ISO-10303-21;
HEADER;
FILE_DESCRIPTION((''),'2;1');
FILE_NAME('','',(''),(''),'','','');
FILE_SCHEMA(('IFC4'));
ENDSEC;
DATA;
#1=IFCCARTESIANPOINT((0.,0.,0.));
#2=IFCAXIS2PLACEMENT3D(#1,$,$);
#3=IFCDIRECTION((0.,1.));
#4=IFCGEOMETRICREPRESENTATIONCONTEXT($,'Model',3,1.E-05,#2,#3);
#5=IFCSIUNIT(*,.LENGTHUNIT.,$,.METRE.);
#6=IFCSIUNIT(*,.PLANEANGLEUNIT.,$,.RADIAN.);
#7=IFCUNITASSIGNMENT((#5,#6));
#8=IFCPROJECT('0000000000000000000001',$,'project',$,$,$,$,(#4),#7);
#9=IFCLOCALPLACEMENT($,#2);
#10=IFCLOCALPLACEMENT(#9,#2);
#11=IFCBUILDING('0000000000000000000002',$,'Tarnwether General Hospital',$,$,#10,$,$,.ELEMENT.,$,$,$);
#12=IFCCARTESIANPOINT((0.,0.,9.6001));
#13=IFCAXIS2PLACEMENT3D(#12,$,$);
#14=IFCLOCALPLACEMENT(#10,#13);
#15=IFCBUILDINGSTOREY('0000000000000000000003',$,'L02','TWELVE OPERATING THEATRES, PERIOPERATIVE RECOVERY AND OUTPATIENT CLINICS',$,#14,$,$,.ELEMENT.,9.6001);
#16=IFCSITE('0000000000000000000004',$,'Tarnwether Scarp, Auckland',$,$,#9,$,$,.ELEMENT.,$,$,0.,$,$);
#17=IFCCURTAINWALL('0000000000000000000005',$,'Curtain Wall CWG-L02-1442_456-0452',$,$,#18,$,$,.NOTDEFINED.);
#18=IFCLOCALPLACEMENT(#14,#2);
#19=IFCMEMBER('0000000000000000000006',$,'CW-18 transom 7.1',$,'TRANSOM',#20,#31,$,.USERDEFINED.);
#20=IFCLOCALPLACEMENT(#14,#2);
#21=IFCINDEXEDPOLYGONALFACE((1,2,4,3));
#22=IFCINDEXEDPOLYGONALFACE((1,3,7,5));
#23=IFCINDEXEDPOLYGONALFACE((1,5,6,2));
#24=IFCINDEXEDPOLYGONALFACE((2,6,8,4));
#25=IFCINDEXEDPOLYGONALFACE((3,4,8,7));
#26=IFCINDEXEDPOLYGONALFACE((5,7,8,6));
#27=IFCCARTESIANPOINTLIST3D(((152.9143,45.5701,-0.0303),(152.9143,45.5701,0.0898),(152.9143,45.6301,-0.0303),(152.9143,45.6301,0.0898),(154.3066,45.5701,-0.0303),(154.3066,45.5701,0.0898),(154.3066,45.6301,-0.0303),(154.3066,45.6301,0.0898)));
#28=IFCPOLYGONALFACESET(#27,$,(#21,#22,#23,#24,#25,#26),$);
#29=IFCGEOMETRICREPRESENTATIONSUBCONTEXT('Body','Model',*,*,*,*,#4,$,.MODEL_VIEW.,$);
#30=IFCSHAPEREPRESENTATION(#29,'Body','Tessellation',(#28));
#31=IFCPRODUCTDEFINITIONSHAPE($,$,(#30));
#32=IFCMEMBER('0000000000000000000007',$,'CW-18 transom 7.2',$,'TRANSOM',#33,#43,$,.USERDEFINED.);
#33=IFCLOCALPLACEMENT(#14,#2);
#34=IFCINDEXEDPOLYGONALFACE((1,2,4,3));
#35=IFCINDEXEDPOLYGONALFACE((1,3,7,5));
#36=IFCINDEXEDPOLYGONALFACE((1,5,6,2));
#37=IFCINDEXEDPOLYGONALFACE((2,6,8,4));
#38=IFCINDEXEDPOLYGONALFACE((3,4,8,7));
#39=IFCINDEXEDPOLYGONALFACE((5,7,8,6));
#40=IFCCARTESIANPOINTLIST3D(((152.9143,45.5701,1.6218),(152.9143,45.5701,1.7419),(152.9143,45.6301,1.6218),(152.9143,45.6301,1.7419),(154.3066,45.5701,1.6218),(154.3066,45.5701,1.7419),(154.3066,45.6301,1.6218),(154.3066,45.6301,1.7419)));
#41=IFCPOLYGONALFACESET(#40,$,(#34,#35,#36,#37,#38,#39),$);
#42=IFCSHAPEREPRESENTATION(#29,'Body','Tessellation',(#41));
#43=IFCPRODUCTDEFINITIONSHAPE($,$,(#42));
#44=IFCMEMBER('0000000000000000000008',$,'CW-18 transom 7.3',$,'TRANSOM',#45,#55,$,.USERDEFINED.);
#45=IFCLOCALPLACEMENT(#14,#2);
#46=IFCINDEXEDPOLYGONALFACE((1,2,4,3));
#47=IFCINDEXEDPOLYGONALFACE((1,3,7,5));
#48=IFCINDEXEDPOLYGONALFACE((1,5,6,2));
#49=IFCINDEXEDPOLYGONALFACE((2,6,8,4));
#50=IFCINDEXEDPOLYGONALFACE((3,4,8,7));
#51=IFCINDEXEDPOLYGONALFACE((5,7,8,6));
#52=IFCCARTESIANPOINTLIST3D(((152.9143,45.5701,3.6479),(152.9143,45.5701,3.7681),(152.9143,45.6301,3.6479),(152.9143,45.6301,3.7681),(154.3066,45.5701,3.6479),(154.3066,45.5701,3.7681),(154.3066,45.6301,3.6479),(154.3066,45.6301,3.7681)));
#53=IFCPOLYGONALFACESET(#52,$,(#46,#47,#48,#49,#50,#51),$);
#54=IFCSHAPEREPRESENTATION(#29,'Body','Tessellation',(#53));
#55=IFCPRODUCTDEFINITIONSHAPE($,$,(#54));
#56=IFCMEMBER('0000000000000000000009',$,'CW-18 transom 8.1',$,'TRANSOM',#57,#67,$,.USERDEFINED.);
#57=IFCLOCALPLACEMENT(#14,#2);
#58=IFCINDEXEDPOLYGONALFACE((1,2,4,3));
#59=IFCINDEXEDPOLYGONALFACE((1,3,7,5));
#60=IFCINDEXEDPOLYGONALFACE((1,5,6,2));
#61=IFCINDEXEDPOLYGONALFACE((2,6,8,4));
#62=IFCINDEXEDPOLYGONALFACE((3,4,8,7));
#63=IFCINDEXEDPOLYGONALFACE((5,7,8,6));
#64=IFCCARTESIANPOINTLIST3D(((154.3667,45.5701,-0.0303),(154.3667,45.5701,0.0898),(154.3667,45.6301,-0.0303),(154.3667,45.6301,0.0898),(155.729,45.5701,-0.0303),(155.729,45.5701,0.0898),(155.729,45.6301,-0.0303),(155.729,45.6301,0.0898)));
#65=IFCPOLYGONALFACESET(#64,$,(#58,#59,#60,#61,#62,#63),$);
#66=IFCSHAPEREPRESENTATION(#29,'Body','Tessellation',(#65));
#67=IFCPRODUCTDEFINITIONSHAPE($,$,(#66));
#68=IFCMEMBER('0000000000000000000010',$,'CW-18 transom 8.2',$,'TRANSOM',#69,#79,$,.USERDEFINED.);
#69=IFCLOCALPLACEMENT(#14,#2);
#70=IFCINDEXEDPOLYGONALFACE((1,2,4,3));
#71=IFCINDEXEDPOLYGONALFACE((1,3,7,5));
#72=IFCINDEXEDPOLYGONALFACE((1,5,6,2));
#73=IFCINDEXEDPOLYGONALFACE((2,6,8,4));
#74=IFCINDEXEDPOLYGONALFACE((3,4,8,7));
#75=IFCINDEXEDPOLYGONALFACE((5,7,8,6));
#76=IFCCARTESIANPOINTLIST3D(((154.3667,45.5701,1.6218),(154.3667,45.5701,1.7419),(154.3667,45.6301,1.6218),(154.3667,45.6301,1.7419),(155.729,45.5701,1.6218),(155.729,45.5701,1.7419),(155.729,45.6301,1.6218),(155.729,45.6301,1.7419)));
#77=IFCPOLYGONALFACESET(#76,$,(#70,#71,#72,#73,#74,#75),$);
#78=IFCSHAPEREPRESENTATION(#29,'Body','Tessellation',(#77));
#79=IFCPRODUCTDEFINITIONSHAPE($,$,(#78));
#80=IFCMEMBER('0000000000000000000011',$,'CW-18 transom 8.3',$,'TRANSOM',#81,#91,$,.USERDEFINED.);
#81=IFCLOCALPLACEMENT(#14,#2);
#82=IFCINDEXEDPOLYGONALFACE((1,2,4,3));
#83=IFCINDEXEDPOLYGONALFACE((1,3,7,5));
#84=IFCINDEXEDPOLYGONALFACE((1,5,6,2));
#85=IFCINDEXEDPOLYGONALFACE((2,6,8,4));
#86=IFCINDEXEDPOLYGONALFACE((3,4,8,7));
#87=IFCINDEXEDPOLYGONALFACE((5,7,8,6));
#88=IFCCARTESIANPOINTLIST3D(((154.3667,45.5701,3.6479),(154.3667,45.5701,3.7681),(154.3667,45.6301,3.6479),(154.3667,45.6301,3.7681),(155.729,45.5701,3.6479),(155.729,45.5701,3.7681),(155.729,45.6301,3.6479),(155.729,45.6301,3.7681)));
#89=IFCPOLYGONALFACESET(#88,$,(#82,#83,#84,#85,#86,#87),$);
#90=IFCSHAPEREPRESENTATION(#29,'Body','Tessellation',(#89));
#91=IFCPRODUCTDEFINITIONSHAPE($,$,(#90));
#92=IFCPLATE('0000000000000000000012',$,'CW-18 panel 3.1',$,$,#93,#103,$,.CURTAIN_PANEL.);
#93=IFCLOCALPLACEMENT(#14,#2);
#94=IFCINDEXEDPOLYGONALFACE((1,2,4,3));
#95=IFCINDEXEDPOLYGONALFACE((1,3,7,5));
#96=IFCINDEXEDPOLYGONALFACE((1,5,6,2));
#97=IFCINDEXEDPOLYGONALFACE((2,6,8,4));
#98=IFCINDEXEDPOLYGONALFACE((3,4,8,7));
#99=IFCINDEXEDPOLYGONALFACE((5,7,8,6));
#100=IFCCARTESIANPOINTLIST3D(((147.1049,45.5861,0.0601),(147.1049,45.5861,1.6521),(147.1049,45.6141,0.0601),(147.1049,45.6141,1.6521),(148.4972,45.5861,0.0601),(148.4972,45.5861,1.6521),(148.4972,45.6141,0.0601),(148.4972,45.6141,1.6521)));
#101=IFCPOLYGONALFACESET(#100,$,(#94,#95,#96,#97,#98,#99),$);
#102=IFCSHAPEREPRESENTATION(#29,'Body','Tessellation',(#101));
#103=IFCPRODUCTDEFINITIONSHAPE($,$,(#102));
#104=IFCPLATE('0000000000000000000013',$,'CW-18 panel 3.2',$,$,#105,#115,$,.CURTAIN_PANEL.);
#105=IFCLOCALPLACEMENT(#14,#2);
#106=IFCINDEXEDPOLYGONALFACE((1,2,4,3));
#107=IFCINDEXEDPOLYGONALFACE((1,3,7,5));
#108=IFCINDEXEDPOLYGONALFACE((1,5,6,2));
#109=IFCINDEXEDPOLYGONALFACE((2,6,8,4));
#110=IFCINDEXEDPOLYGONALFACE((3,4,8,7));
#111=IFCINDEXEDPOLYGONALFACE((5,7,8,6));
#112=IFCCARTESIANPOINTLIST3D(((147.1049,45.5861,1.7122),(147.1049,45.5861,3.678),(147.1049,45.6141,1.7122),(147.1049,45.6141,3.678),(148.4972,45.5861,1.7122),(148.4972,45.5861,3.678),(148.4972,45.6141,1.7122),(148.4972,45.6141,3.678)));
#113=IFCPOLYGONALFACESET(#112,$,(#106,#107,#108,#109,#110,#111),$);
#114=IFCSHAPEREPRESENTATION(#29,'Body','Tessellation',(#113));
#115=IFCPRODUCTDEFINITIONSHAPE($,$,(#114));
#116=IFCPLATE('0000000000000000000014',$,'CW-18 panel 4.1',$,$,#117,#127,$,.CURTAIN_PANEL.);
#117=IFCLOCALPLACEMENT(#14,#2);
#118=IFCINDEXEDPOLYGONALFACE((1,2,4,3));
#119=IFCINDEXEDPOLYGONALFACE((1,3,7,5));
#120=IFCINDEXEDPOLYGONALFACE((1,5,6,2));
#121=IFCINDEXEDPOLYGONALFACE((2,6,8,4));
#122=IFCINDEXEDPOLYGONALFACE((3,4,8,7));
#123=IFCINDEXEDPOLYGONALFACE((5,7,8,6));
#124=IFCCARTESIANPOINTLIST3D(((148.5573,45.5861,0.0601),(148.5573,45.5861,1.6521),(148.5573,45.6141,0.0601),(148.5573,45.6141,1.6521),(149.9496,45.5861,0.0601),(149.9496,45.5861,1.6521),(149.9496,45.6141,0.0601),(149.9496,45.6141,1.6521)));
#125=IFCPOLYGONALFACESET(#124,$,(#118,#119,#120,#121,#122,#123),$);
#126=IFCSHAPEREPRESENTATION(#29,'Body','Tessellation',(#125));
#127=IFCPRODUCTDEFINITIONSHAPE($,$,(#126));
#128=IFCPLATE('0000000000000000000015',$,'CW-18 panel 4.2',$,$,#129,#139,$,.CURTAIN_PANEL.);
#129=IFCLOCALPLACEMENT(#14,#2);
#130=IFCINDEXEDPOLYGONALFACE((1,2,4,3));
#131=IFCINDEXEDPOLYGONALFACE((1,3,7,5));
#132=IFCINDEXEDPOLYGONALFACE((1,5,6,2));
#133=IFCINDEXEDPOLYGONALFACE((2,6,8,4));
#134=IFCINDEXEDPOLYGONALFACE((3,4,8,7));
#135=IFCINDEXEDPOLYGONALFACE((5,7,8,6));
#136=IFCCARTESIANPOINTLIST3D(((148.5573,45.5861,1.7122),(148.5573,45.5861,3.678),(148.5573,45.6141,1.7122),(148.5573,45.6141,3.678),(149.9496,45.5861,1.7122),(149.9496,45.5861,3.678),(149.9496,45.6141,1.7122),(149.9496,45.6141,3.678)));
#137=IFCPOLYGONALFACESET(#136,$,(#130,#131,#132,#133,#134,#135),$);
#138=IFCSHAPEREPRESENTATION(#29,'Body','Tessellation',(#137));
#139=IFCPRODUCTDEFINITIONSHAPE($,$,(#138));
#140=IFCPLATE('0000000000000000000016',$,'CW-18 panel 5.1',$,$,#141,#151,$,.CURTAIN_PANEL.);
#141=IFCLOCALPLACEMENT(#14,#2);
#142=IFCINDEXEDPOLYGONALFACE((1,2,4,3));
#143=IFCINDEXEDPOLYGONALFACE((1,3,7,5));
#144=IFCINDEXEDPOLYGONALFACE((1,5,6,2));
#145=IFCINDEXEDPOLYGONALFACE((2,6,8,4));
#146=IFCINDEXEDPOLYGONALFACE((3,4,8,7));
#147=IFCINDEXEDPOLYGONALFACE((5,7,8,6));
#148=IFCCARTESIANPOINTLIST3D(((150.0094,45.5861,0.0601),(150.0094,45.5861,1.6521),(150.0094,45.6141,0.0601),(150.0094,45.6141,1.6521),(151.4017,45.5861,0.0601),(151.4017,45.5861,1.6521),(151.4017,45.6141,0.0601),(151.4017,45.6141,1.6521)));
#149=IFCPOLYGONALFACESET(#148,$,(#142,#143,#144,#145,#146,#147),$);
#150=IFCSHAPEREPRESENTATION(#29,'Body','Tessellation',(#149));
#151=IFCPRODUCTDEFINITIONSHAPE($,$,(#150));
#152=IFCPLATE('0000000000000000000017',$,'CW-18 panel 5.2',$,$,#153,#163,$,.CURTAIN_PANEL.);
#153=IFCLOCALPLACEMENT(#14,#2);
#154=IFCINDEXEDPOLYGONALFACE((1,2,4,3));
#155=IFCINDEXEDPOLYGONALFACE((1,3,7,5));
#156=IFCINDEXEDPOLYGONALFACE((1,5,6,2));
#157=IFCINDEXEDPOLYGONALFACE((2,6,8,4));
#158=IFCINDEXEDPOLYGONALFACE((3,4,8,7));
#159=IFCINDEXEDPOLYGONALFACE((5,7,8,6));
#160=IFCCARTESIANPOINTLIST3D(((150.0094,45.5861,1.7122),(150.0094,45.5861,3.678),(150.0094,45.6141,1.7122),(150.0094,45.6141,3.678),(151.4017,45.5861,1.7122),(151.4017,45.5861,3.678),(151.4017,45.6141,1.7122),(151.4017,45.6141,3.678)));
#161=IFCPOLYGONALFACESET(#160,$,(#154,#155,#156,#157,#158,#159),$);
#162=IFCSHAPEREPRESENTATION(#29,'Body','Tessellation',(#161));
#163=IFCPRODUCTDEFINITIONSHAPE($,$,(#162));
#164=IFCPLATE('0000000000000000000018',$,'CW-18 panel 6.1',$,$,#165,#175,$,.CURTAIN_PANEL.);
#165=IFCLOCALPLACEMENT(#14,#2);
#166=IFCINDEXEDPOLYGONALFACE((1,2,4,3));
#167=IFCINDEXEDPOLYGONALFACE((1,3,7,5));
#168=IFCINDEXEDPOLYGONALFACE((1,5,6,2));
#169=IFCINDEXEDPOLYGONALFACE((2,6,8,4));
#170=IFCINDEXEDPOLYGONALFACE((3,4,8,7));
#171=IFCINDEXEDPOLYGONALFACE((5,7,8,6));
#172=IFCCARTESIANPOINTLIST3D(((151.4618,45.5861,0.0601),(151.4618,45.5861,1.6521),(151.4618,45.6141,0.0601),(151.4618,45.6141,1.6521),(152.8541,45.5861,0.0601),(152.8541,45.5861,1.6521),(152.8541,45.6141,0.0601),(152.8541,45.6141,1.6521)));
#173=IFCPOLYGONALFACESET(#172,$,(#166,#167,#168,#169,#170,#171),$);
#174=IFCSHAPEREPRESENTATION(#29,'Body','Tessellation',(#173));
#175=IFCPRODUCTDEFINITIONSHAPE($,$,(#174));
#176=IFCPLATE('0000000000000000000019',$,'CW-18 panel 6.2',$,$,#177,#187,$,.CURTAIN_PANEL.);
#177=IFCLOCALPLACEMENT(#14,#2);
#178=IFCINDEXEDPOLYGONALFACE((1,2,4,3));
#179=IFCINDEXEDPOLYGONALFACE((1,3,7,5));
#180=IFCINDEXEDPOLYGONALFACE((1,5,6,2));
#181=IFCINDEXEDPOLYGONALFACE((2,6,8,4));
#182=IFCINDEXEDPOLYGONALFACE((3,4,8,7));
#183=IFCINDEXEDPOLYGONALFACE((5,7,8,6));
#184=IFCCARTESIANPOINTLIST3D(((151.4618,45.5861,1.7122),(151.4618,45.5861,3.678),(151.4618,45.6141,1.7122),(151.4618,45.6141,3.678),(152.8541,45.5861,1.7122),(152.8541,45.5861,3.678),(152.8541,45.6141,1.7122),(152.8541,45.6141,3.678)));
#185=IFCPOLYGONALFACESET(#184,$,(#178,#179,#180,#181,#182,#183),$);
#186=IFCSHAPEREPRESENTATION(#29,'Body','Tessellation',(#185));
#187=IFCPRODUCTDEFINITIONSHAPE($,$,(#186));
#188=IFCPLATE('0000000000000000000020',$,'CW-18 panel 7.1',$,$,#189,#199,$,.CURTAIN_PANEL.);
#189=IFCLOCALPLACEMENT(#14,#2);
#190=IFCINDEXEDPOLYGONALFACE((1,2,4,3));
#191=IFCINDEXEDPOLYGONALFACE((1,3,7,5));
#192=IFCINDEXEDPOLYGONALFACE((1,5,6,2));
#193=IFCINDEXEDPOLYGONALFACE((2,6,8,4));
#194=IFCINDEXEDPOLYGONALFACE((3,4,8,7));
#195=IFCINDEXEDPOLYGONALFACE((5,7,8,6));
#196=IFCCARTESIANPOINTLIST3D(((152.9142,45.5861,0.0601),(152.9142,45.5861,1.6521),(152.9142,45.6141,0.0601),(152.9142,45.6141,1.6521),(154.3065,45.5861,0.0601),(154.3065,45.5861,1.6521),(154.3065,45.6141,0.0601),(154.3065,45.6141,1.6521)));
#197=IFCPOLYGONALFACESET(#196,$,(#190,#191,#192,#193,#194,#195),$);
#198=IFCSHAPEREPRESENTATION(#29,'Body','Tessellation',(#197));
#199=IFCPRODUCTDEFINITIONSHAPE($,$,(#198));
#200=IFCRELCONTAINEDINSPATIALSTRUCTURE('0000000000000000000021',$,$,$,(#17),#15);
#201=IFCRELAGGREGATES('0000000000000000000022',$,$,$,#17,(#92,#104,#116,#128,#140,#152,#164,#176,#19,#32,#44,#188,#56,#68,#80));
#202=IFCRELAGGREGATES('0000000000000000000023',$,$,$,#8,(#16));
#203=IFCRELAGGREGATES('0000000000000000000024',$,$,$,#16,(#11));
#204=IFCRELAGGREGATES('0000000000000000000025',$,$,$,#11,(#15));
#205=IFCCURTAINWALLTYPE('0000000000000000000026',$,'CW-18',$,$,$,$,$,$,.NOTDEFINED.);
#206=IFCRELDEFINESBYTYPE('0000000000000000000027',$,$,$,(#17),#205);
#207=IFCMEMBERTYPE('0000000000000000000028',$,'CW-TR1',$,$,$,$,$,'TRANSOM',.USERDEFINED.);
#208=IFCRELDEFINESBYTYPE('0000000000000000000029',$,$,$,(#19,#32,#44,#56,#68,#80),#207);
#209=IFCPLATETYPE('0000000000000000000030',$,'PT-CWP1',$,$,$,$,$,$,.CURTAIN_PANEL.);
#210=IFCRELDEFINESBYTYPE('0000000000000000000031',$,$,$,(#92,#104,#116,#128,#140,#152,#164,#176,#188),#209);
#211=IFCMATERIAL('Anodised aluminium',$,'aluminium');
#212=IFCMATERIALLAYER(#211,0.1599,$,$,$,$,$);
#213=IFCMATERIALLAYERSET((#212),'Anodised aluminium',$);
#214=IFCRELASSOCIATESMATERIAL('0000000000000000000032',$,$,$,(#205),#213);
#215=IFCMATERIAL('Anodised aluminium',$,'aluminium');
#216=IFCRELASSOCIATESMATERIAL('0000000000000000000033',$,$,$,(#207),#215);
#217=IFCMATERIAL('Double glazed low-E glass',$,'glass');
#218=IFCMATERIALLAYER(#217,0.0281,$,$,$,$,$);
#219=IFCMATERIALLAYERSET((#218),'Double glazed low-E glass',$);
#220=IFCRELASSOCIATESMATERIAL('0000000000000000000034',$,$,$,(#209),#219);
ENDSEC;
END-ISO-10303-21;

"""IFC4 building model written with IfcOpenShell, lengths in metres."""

from ifc_helpers import new_model, si_unit, direction, frame, origin, origin_2d, place, context, subcontext, project, spatial, rectangle, extrude, material, layer, layer_set, material_profile, profile_set, type_object, element, aggregate, save


model = new_model("IFC4")

# Units and contexts
model_context = context("Model", 3, precision=1e-05, world=origin(), true_north=direction((0.0, 1.0)))
body_context = subcontext(model_context, "Body", "Model", "MODEL_VIEW")
ifc_project = project(units=[si_unit("LENGTHUNIT", "METRE"), si_unit("PLANEANGLEUNIT", "RADIAN")], contexts=[model_context])

# Site, building, storey
site_placement = place(None, origin())
site = spatial("IfcSite", under=ifc_project, at=site_placement, Name="Tarnwether Scarp, Auckland", CompositionType="ELEMENT", RefElevation=0.0)
building_placement = place(site_placement, origin())
building = spatial("IfcBuilding", under=site, at=building_placement, Name="Tarnwether General Hospital", CompositionType="ELEMENT")
storey_placement = place(building_placement, frame((0.0, 0.0, 9.6001)))
storey = spatial("IfcBuildingStorey", under=building, at=storey_placement, Name="L02", Description="TWELVE OPERATING THEATRES, PERIOPERATIVE RECOVERY AND OUTPATIENT CLINICS", CompositionType="ELEMENT", Elevation=9.6001)

# Curtain wall, members, plates
ifc_material_1 = material(Name="Anodised aluminium", Category="aluminium")
ifc_layer_1 = layer(ifc_material_1, 0.1599)
ifc_layer_set_1 = layer_set([ifc_layer_1], Name="Anodised aluminium")
curtain_wall_type = type_object("IfcCurtainWallType", Name="CW-18", PredefinedType="NOTDEFINED", material=ifc_layer_set_1)
curtain_wall_placement = place(storey_placement, origin())
curtain_wall = element("IfcCurtainWall", 1, at=curtain_wall_placement, inside=storey, type_object=curtain_wall_type, Name="Curtain Wall CWG-L02-1442_456-0452", PredefinedType="NOTDEFINED")
ifc_material_2 = material(Name="Anodised aluminium", Category="aluminium")
ifc_material_profile_1 = material_profile(ifc_material_2, rectangle(XDim=0.0601, YDim=0.1201, at=origin_2d()), Name="ALU-TRN-60x120")
ifc_profile_set_1 = profile_set([ifc_material_profile_1], Name="Anodised aluminium")
member_type_1 = type_object("IfcMemberType", Name="CW-TR1", ElementType="TRANSOM", PredefinedType="USERDEFINED", material=ifc_profile_set_1)
member_1_placement = place(storey_placement, frame((152.9143, 45.6001, 0.0298), z_axis=(1.0, 0.0, 0.0), x_axis=(0.0, 1.0, 0.0)))
member_1 = element("IfcMember", 2, at=member_1_placement, type_object=member_type_1, Name="CW-18 transom 7.1", ObjectType="TRANSOM", PredefinedType="USERDEFINED", context=body_context, shape_type="SweptSolid", body=[
    extrude(rectangle(XDim=0.0601, YDim=0.1201, at=origin_2d()), origin(), (0.0, 0.0, 1.0), 1.3923),
])
member_2_placement = place(storey_placement, frame((152.9143, 45.6001, 1.6819), z_axis=(1.0, 0.0, 0.0), x_axis=(0.0, 1.0, 0.0)))
member_2 = element("IfcMember", 3, at=member_2_placement, type_object=member_type_1, Name="CW-18 transom 7.2", ObjectType="TRANSOM", PredefinedType="USERDEFINED", context=body_context, shape_type="SweptSolid", body=[
    extrude(rectangle(XDim=0.0601, YDim=0.1201, at=origin_2d()), origin(), (0.0, 0.0, 1.0), 1.3923),
])
member_3_placement = place(storey_placement, frame((152.9143, 45.6001, 3.708), z_axis=(1.0, 0.0, 0.0), x_axis=(0.0, 1.0, 0.0)))
member_3 = element("IfcMember", 4, at=member_3_placement, type_object=member_type_1, Name="CW-18 transom 7.3", ObjectType="TRANSOM", PredefinedType="USERDEFINED", context=body_context, shape_type="SweptSolid", body=[
    extrude(rectangle(XDim=0.0601, YDim=0.1201, at=origin_2d()), origin(), (0.0, 0.0, 1.0), 1.3923),
])
member_4_placement = place(storey_placement, frame((154.3667, 45.6001, 0.0298), z_axis=(1.0, 0.0, 0.0), x_axis=(0.0, 1.0, 0.0)))
member_4 = element("IfcMember", 5, at=member_4_placement, type_object=member_type_1, Name="CW-18 transom 8.1", ObjectType="TRANSOM", PredefinedType="USERDEFINED", context=body_context, shape_type="SweptSolid", body=[
    extrude(rectangle(XDim=0.0601, YDim=0.1201, at=origin_2d()), origin(), (0.0, 0.0, 1.0), 1.3623),
])
member_5_placement = place(storey_placement, frame((154.3667, 45.6001, 1.6819), z_axis=(1.0, 0.0, 0.0), x_axis=(0.0, 1.0, 0.0)))
member_5 = element("IfcMember", 6, at=member_5_placement, type_object=member_type_1, Name="CW-18 transom 8.2", ObjectType="TRANSOM", PredefinedType="USERDEFINED", context=body_context, shape_type="SweptSolid", body=[
    extrude(rectangle(XDim=0.0601, YDim=0.1201, at=origin_2d()), origin(), (0.0, 0.0, 1.0), 1.3623),
])
member_6_placement = place(storey_placement, frame((154.3667, 45.6001, 3.708), z_axis=(1.0, 0.0, 0.0), x_axis=(0.0, 1.0, 0.0)))
member_6 = element("IfcMember", 7, at=member_6_placement, type_object=member_type_1, Name="CW-18 transom 8.3", ObjectType="TRANSOM", PredefinedType="USERDEFINED", context=body_context, shape_type="SweptSolid", body=[
    extrude(rectangle(XDim=0.0601, YDim=0.1201, at=origin_2d()), origin(), (0.0, 0.0, 1.0), 1.3623),
])
ifc_material_3 = material(Name="Double glazed low-E glass", Category="glass")
ifc_layer_2 = layer(ifc_material_3, 0.0281)
ifc_layer_set_2 = layer_set([ifc_layer_2], Name="Double glazed low-E glass")
plate_type = type_object("IfcPlateType", Name="PT-CWP1", PredefinedType="CURTAIN_PANEL", material=ifc_layer_set_2)
plate_1_placement = place(storey_placement, frame((147.801, 45.6001, 0.0601), z_axis=(0.0, 0.0, 1.0), x_axis=(1.0, 0.0, 0.0)))
plate_1 = element("IfcPlate", 8, at=plate_1_placement, type_object=plate_type, Name="CW-18 panel 3.1", PredefinedType="CURTAIN_PANEL", context=body_context, shape_type="SweptSolid", body=[
    extrude(rectangle(XDim=1.3923, YDim=0.0281, at=origin_2d()), origin(), (0.0, 0.0, 1.0), 1.592),
])
plate_2_placement = place(storey_placement, frame((147.801, 45.6001, 1.7122), z_axis=(0.0, 0.0, 1.0), x_axis=(1.0, 0.0, 0.0)))
plate_2 = element("IfcPlate", 9, at=plate_2_placement, type_object=plate_type, Name="CW-18 panel 3.2", PredefinedType="CURTAIN_PANEL", context=body_context, shape_type="SweptSolid", body=[
    extrude(rectangle(XDim=1.3923, YDim=0.0281, at=origin_2d()), origin(), (0.0, 0.0, 1.0), 1.9658),
])
plate_3_placement = place(storey_placement, frame((149.2534, 45.6001, 0.0601), z_axis=(0.0, 0.0, 1.0), x_axis=(1.0, 0.0, 0.0)))
plate_3 = element("IfcPlate", 10, at=plate_3_placement, type_object=plate_type, Name="CW-18 panel 4.1", PredefinedType="CURTAIN_PANEL", context=body_context, shape_type="SweptSolid", body=[
    extrude(rectangle(XDim=1.3923, YDim=0.0281, at=origin_2d()), origin(), (0.0, 0.0, 1.0), 1.592),
])
plate_4_placement = place(storey_placement, frame((149.2534, 45.6001, 1.7122), z_axis=(0.0, 0.0, 1.0), x_axis=(1.0, 0.0, 0.0)))
plate_4 = element("IfcPlate", 11, at=plate_4_placement, type_object=plate_type, Name="CW-18 panel 4.2", PredefinedType="CURTAIN_PANEL", context=body_context, shape_type="SweptSolid", body=[
    extrude(rectangle(XDim=1.3923, YDim=0.0281, at=origin_2d()), origin(), (0.0, 0.0, 1.0), 1.9658),
])
plate_5_placement = place(storey_placement, frame((150.7056, 45.6001, 0.0601), z_axis=(0.0, 0.0, 1.0), x_axis=(1.0, 0.0, 0.0)))
plate_5 = element("IfcPlate", 12, at=plate_5_placement, type_object=plate_type, Name="CW-18 panel 5.1", PredefinedType="CURTAIN_PANEL", context=body_context, shape_type="SweptSolid", body=[
    extrude(rectangle(XDim=1.3923, YDim=0.0281, at=origin_2d()), origin(), (0.0, 0.0, 1.0), 1.592),
])
plate_6_placement = place(storey_placement, frame((150.7056, 45.6001, 1.7122), z_axis=(0.0, 0.0, 1.0), x_axis=(1.0, 0.0, 0.0)))
plate_6 = element("IfcPlate", 13, at=plate_6_placement, type_object=plate_type, Name="CW-18 panel 5.2", PredefinedType="CURTAIN_PANEL", context=body_context, shape_type="SweptSolid", body=[
    extrude(rectangle(XDim=1.3923, YDim=0.0281, at=origin_2d()), origin(), (0.0, 0.0, 1.0), 1.9658),
])
plate_7_placement = place(storey_placement, frame((152.158, 45.6001, 0.0601), z_axis=(0.0, 0.0, 1.0), x_axis=(1.0, 0.0, 0.0)))
plate_7 = element("IfcPlate", 14, at=plate_7_placement, type_object=plate_type, Name="CW-18 panel 6.1", PredefinedType="CURTAIN_PANEL", context=body_context, shape_type="SweptSolid", body=[
    extrude(rectangle(XDim=1.3923, YDim=0.0281, at=origin_2d()), origin(), (0.0, 0.0, 1.0), 1.592),
])
plate_8_placement = place(storey_placement, frame((152.158, 45.6001, 1.7122), z_axis=(0.0, 0.0, 1.0), x_axis=(1.0, 0.0, 0.0)))
plate_8 = element("IfcPlate", 15, at=plate_8_placement, type_object=plate_type, Name="CW-18 panel 6.2", PredefinedType="CURTAIN_PANEL", context=body_context, shape_type="SweptSolid", body=[
    extrude(rectangle(XDim=1.3923, YDim=0.0281, at=origin_2d()), origin(), (0.0, 0.0, 1.0), 1.9658),
])
plate_9_placement = place(storey_placement, frame((153.6104, 45.6001, 0.0601), z_axis=(0.0, 0.0, 1.0), x_axis=(1.0, 0.0, 0.0)))
plate_9 = element("IfcPlate", 16, at=plate_9_placement, type_object=plate_type, Name="CW-18 panel 7.1", PredefinedType="CURTAIN_PANEL", context=body_context, shape_type="SweptSolid", body=[
    extrude(rectangle(XDim=1.3923, YDim=0.0281, at=origin_2d()), origin(), (0.0, 0.0, 1.0), 1.592),
])
aggregate(curtain_wall, [plate_1, plate_2, plate_3, plate_4, plate_5, plate_6, plate_7, plate_8, member_1, member_2, member_3, plate_9, member_4, member_5, member_6])

save(model, "model.ifc")
